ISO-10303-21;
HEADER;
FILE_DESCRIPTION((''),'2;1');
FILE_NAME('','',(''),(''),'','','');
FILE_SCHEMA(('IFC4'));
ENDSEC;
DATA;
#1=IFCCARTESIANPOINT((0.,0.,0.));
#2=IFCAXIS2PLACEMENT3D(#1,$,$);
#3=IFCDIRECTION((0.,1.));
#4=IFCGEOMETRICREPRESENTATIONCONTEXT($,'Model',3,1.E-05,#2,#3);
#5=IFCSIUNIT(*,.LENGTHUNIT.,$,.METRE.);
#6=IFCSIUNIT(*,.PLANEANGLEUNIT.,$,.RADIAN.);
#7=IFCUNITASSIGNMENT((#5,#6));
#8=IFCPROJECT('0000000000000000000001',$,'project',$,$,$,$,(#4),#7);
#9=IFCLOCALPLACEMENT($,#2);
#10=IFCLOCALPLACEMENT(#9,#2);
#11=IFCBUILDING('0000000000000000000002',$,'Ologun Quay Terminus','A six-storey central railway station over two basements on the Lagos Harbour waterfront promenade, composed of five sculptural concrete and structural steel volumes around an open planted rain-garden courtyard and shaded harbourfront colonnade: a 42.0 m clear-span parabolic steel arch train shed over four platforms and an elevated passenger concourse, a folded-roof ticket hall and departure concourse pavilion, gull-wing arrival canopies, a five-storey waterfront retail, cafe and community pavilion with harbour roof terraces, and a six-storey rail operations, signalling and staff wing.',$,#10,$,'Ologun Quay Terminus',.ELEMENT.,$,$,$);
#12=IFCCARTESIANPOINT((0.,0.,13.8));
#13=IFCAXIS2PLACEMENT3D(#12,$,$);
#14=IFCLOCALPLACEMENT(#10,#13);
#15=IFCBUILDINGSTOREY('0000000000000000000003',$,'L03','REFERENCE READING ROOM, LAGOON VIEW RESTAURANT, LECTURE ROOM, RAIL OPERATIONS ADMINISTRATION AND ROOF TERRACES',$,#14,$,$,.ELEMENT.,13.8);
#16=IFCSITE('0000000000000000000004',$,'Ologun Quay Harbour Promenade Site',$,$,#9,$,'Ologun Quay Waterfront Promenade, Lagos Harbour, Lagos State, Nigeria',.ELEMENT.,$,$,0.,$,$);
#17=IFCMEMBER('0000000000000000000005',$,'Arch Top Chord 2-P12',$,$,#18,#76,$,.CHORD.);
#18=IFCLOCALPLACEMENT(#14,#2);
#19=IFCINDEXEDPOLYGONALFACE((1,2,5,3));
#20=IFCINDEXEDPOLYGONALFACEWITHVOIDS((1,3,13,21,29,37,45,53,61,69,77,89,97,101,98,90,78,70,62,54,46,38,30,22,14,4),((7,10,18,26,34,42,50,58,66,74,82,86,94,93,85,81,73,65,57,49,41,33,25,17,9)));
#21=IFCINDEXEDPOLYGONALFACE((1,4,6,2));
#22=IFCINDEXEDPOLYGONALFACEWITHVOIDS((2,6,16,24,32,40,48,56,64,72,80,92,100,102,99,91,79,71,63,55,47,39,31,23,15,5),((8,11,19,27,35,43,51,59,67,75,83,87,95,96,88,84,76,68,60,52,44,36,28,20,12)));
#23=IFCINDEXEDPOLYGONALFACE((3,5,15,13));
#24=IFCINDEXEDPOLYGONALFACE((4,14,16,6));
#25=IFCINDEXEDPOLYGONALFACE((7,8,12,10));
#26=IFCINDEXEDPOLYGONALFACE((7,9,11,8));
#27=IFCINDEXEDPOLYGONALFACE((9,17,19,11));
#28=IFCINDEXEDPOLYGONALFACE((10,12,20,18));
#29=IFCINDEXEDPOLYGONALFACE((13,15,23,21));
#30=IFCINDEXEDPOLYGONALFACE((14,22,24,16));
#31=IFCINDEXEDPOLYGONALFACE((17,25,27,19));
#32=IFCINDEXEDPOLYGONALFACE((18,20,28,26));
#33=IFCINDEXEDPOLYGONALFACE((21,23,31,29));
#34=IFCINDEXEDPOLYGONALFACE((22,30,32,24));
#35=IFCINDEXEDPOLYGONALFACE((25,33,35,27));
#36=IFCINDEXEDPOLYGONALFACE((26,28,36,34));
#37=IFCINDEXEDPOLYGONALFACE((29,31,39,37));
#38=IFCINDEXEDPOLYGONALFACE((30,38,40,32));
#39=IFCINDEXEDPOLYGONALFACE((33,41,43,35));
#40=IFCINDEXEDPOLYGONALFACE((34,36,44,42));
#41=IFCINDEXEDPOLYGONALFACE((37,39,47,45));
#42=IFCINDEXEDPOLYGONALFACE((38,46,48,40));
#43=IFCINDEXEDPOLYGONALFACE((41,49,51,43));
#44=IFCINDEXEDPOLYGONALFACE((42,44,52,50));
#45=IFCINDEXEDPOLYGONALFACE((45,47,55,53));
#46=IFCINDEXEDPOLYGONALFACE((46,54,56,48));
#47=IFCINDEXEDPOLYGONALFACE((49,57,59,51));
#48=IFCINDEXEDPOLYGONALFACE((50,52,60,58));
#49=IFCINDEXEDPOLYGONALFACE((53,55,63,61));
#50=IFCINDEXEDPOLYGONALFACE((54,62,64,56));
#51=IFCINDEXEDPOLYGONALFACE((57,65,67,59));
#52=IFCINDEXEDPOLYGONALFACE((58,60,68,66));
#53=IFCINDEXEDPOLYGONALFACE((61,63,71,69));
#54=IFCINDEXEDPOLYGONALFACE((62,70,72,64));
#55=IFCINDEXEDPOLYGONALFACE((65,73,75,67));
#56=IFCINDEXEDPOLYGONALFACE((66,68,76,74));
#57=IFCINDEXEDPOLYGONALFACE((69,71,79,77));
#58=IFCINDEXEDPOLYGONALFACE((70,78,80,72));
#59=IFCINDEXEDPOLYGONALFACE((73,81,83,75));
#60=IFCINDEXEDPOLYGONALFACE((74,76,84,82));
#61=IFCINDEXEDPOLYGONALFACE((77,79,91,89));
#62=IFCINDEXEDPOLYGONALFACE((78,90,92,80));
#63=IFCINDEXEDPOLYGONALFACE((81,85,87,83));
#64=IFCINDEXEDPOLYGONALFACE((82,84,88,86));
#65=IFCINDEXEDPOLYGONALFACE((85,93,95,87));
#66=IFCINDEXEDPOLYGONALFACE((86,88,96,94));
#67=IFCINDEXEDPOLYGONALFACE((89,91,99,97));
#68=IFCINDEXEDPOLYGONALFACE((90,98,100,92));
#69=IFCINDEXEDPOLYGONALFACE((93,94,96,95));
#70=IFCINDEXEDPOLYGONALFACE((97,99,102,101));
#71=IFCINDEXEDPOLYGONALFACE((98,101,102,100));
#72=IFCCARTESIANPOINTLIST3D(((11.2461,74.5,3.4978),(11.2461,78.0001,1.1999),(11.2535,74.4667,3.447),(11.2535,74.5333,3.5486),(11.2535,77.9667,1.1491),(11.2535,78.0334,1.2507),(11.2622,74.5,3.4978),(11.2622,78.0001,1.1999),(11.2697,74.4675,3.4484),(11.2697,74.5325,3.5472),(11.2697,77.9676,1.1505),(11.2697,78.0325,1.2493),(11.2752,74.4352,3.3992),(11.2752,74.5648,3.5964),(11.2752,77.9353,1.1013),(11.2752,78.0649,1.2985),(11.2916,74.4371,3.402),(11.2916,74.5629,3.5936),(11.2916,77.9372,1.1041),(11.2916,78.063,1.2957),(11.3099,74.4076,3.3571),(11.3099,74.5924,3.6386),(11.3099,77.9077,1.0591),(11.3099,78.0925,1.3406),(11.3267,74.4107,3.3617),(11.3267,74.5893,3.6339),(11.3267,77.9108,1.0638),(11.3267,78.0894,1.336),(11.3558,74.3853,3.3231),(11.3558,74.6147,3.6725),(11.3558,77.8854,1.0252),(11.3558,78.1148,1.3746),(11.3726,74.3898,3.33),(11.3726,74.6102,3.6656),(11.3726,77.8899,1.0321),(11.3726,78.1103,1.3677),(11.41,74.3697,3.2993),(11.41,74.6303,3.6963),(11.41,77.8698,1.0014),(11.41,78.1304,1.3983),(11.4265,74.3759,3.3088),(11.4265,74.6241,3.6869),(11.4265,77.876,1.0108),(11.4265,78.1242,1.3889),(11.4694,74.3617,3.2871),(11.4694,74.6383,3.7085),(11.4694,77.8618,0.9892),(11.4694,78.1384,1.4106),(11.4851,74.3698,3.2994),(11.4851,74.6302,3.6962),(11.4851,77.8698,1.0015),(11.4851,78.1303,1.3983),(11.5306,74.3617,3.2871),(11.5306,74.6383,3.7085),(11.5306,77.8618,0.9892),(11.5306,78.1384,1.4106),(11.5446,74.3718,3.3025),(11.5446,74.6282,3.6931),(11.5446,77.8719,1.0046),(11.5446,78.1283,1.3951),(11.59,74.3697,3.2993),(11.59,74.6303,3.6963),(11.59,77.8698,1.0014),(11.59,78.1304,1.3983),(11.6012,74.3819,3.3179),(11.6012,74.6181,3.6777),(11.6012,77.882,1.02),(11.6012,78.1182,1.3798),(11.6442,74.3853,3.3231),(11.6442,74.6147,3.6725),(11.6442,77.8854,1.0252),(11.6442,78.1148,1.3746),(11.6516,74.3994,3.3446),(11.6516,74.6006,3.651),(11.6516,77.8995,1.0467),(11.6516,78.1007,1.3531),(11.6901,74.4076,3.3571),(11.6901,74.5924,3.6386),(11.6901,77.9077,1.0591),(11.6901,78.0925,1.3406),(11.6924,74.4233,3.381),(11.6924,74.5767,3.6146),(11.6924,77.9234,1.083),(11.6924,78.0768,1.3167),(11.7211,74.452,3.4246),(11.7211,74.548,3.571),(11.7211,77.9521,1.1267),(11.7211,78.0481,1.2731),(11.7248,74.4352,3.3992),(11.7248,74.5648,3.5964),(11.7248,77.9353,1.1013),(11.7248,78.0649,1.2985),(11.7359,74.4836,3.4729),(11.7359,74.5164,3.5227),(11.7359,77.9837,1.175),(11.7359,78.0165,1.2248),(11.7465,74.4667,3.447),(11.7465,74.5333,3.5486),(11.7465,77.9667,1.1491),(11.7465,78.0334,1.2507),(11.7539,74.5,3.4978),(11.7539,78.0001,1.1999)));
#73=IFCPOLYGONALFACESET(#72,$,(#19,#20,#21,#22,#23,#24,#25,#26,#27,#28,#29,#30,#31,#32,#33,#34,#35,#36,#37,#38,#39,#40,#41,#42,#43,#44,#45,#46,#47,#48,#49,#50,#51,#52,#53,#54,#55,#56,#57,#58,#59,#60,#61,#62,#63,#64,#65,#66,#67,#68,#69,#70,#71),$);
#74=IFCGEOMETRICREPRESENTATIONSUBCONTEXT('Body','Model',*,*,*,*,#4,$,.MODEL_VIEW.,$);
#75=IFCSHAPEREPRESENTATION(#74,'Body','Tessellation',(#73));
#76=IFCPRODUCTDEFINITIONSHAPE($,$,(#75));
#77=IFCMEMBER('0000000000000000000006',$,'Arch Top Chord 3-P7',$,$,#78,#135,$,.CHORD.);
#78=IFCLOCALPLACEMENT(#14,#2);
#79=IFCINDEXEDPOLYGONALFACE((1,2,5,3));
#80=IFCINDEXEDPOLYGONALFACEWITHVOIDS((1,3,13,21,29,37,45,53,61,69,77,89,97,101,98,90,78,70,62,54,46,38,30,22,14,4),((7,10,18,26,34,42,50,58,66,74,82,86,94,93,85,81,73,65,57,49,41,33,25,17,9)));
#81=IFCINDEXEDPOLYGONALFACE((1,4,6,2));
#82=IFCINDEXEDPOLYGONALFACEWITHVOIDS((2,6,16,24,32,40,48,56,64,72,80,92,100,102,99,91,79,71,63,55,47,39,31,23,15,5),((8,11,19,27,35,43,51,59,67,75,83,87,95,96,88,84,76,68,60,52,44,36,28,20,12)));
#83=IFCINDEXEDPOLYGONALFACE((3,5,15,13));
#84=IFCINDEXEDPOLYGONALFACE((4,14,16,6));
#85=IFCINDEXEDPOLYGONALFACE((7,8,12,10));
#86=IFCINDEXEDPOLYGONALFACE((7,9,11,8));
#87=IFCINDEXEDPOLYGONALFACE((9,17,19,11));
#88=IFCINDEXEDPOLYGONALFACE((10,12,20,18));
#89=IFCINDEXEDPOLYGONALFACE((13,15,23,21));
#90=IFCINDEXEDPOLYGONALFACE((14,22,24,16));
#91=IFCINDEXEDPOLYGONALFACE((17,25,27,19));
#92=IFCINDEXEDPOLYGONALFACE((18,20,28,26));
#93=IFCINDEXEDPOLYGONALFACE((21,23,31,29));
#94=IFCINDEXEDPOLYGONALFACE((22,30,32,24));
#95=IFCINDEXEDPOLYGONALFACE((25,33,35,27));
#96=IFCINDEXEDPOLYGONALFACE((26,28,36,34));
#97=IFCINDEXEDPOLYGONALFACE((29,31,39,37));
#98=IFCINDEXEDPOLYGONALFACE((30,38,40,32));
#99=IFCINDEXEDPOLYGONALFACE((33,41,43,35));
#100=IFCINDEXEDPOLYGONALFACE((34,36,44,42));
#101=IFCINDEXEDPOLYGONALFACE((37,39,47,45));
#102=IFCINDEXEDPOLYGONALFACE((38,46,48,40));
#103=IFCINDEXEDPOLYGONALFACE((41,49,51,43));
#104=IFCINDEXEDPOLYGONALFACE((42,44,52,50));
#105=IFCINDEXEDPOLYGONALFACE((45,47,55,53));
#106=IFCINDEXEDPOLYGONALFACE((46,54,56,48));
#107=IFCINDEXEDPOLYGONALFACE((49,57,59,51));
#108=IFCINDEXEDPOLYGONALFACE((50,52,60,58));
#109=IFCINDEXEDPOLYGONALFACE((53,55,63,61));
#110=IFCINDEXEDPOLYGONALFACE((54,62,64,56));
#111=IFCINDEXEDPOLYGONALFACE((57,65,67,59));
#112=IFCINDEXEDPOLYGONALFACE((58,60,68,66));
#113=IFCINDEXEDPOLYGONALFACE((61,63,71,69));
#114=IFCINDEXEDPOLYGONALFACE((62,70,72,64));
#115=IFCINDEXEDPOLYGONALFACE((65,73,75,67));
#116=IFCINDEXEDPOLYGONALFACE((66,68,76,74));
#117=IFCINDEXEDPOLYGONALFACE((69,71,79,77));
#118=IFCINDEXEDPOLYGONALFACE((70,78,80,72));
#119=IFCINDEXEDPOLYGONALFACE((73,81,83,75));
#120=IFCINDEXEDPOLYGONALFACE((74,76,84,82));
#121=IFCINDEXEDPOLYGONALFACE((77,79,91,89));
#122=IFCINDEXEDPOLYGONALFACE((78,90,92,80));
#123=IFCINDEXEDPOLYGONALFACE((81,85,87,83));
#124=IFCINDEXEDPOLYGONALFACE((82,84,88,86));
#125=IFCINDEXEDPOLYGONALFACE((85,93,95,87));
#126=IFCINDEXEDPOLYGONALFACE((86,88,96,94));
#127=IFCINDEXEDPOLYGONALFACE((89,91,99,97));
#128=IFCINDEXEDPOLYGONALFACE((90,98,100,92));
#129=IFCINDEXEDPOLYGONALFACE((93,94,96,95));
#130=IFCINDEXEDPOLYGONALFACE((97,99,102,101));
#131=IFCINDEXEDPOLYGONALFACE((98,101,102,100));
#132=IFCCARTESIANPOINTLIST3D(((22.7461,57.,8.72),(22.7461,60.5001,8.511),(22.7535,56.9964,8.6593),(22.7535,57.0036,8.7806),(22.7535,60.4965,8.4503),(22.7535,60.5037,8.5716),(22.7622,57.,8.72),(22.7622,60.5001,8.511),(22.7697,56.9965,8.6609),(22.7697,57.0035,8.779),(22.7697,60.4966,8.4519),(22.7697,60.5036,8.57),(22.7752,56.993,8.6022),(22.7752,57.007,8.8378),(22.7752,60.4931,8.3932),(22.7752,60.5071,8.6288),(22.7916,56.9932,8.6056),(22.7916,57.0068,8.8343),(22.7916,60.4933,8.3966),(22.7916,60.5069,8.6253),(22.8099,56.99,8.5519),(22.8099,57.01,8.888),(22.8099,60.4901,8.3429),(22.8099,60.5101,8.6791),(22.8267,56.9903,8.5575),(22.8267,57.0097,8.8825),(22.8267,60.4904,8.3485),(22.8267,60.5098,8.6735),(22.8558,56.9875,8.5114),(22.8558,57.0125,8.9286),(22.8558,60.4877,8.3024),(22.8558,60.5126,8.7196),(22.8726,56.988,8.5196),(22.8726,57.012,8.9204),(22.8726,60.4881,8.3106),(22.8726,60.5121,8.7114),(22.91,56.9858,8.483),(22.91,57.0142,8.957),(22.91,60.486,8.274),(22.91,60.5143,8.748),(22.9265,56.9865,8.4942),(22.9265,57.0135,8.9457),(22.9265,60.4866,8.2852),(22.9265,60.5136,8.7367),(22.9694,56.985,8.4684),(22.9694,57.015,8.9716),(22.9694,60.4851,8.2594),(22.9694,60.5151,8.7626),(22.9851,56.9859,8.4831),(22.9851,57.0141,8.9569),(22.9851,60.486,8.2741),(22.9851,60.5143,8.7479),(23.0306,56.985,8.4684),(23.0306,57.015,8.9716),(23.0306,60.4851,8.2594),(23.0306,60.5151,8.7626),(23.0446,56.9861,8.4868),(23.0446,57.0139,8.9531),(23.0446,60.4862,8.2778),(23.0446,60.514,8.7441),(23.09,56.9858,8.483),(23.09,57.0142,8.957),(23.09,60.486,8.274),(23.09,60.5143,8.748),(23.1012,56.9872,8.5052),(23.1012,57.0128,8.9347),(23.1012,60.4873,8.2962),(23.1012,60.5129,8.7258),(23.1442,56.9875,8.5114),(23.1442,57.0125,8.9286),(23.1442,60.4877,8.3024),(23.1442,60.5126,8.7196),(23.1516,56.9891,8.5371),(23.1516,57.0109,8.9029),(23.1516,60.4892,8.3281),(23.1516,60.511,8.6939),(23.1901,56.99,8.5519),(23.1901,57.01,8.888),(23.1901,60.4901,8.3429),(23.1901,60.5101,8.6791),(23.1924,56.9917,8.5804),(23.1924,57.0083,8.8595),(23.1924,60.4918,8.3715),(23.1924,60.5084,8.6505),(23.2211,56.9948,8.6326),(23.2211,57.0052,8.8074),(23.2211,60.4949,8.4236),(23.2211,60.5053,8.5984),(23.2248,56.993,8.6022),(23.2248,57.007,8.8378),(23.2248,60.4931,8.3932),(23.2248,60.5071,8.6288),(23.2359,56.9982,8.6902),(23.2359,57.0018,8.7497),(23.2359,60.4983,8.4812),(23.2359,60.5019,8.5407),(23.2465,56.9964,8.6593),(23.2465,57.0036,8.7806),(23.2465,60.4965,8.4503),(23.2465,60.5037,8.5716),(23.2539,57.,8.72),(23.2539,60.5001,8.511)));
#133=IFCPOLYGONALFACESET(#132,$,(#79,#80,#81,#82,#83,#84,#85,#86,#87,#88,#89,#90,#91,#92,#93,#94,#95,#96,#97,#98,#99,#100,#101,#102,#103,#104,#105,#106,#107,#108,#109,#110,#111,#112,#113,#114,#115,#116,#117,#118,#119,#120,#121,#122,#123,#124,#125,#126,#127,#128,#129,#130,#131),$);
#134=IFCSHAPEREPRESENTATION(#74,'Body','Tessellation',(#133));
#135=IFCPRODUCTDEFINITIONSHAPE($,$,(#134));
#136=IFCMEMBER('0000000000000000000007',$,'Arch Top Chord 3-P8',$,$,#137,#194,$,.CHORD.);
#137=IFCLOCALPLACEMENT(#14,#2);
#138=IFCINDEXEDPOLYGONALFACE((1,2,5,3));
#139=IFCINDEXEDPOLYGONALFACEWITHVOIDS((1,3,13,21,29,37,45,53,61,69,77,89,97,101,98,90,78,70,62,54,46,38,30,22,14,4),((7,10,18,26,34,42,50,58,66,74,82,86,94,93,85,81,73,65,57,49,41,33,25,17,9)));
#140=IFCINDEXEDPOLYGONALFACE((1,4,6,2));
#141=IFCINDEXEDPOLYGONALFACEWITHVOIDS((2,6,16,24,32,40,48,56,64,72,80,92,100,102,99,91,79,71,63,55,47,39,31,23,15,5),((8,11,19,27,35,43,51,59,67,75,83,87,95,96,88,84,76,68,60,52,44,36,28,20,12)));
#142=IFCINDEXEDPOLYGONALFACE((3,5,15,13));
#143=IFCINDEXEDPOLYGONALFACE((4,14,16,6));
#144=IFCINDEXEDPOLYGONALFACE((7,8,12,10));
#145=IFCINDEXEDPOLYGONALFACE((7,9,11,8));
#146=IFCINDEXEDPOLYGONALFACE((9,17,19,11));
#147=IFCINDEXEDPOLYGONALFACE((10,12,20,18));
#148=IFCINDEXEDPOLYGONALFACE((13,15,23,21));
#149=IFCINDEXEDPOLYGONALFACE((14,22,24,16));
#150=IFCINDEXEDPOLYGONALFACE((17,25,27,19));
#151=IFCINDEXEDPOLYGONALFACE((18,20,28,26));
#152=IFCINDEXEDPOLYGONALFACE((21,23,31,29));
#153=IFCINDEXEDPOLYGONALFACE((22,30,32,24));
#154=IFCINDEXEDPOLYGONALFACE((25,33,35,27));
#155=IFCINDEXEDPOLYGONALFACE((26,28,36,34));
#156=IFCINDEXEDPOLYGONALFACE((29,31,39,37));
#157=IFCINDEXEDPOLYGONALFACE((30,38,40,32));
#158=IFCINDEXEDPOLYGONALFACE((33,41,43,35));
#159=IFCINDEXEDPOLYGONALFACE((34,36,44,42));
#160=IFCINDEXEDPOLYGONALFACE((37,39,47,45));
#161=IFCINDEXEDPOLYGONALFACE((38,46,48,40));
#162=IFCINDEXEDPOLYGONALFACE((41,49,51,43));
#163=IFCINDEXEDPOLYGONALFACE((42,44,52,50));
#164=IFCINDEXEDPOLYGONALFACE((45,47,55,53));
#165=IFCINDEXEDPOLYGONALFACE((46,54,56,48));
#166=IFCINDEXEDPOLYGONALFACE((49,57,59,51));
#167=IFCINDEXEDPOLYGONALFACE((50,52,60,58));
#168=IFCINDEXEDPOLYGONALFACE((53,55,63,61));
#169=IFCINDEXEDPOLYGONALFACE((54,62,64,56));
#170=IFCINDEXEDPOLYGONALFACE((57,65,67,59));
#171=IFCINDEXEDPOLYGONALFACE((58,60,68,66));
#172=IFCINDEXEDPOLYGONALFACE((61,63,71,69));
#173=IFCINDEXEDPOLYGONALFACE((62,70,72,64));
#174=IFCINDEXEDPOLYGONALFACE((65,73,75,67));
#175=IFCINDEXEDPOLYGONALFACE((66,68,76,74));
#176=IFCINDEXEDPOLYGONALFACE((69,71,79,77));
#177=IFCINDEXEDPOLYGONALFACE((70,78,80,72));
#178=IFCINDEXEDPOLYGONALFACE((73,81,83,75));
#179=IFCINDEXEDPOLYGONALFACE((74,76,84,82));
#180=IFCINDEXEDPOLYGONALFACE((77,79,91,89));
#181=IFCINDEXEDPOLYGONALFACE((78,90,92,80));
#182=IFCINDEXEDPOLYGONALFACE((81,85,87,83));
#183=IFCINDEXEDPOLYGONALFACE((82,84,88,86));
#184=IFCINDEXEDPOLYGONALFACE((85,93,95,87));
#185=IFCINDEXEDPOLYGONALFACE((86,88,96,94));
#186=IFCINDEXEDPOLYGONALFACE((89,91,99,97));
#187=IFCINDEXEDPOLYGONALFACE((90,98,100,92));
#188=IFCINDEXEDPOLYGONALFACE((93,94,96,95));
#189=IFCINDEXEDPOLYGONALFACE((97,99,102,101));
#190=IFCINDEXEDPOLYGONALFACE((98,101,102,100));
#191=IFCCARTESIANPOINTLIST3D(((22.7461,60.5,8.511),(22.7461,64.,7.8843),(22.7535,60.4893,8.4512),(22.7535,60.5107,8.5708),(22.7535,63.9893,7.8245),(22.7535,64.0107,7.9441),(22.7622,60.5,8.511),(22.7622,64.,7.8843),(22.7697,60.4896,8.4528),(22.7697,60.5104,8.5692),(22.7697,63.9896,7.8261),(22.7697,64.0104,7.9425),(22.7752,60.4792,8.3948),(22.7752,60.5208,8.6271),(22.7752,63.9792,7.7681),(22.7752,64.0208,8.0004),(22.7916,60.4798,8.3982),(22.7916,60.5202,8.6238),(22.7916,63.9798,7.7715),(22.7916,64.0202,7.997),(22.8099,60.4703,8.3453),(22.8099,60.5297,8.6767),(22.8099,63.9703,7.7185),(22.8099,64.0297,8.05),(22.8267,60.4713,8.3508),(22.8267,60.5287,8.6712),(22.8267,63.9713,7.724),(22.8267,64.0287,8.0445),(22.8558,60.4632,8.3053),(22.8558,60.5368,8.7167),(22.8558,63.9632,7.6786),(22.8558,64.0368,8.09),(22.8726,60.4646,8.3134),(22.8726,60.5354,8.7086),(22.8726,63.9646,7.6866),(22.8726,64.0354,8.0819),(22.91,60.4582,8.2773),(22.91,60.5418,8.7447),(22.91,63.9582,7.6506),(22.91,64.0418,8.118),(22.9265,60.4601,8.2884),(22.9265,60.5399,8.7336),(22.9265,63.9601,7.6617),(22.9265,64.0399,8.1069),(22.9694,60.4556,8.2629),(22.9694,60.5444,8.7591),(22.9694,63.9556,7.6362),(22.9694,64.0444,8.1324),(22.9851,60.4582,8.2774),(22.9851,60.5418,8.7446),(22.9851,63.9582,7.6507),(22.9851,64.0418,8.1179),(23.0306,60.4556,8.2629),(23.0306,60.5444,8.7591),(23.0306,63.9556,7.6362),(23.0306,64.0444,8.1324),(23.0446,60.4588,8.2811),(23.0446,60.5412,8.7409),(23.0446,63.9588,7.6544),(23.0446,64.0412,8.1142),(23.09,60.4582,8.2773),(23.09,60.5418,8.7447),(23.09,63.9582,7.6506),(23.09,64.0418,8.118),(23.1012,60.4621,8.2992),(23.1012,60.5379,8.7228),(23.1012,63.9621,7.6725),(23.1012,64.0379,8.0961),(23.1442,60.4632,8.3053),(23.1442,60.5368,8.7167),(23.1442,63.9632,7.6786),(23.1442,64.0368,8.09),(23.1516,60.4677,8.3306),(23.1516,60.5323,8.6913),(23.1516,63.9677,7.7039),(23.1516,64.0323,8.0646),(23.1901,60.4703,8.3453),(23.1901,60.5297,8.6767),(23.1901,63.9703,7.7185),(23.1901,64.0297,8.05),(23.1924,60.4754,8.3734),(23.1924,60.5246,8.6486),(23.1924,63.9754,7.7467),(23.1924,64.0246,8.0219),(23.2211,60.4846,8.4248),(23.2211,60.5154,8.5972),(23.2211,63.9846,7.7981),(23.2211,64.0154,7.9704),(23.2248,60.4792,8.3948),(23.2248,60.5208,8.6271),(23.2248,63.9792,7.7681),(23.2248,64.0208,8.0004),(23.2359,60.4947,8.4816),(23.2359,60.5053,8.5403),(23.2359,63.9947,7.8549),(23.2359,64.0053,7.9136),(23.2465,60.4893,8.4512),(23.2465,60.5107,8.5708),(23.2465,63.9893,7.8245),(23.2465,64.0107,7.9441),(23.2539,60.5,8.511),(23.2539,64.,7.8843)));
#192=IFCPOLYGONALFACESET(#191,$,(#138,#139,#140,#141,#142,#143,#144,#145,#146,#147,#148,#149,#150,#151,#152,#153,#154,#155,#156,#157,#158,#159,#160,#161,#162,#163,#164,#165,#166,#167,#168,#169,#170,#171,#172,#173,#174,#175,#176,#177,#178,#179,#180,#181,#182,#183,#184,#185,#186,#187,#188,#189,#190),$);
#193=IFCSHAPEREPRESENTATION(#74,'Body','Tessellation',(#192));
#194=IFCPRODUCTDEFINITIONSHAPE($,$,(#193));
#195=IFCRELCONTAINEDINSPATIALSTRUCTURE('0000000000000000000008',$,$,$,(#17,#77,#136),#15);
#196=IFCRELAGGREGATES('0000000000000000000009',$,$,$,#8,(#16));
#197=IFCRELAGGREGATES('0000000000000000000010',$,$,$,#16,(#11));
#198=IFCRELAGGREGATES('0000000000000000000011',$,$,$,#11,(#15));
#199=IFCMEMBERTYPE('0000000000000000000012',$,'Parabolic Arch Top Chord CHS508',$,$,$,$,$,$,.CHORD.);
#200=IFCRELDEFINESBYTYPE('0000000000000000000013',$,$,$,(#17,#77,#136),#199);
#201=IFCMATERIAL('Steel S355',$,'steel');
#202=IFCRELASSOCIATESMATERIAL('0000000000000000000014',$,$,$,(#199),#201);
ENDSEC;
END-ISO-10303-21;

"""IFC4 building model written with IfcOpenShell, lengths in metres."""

from ifc_helpers import new_model, si_unit, direction, frame, origin, origin_2d, place, context, subcontext, project, spatial, hollow_circle, extrude, material, material_profile, profile_set, type_object, element, save


model = new_model("IFC4")

# Units and contexts
model_context = context("Model", 3, precision=1e-05, world=origin(), true_north=direction((0.0, 1.0)))
body_context = subcontext(model_context, "Body", "Model", "MODEL_VIEW")
ifc_project = project(units=[si_unit("LENGTHUNIT", "METRE"), si_unit("PLANEANGLEUNIT", "RADIAN")], contexts=[model_context])

# Site, building, storey
site_placement = place(None, origin())
site = spatial("IfcSite", under=ifc_project, at=site_placement, Name="Ologun Quay Harbour Promenade Site", LongName="Ologun Quay Waterfront Promenade, Lagos Harbour, Lagos State, Nigeria", CompositionType="ELEMENT", RefElevation=0.0)
building_placement = place(site_placement, origin())
building = spatial("IfcBuilding", under=site, at=building_placement, Name="Ologun Quay Terminus", Description="A six-storey central railway station over two basements on the Lagos Harbour waterfront promenade, composed of five sculptural concrete and structural steel volumes around an open planted rain-garden courtyard and shaded harbourfront colonnade: a 42.0 m clear-span parabolic steel arch train shed over four platforms and an elevated passenger concourse, a folded-roof ticket hall and departure concourse pavilion, gull-wing arrival canopies, a five-storey waterfront retail, cafe and community pavilion with harbour roof terraces, and a six-storey rail operations, signalling and staff wing.", LongName="Ologun Quay Terminus", CompositionType="ELEMENT")
storey_placement = place(building_placement, frame((0.0, 0.0, 13.8)))
storey = spatial("IfcBuildingStorey", under=building, at=storey_placement, Name="L03", Description="REFERENCE READING ROOM, LAGOON VIEW RESTAURANT, LECTURE ROOM, RAIL OPERATIONS ADMINISTRATION AND ROOF TERRACES", CompositionType="ELEMENT", Elevation=13.8)

# Members
ifc_material_1 = material(Name="Steel S355", Category="steel")
ifc_material_profile_1 = material_profile(ifc_material_1, hollow_circle(Radius=0.2539, WallThickness=0.0161, at=origin_2d()), Name="CHS 508x16")
ifc_profile_set_1 = profile_set([ifc_material_profile_1], Name="Steel S355")
member_type_1 = type_object("IfcMemberType", Name="Parabolic Arch Top Chord CHS508", PredefinedType="CHORD", material=ifc_profile_set_1)
member_1_placement = place(storey_placement, frame((11.5, 74.5, 3.4978), z_axis=(0.0, 0.835941, -0.548819), x_axis=(-1.0, 0.0, 0.0)))
element("IfcMember", 1, at=member_1_placement, inside=storey, type_object=member_type_1, Name="Arch Top Chord 2-P12", PredefinedType="CHORD", context=body_context, shape_type="SweptSolid", body=[
    extrude(hollow_circle(Radius=0.2539, WallThickness=0.0161, at=origin_2d()), origin(), (0.0, 0.0, 1.0), 4.187),
])
member_2_placement = place(storey_placement, frame((23.0, 57.0, 8.72), z_axis=(0.0, 0.998222, -0.059604), x_axis=(-1.0, 0.0, 0.0)))
element("IfcMember", 2, at=member_2_placement, inside=storey, type_object=member_type_1, Name="Arch Top Chord 3-P7", PredefinedType="CHORD", context=body_context, shape_type="SweptSolid", body=[
    extrude(hollow_circle(Radius=0.2539, WallThickness=0.0161, at=origin_2d()), origin(), (0.0, 0.0, 1.0), 3.5063),
])
member_3_placement = place(storey_placement, frame((23.0, 60.5, 8.511), z_axis=(0.0, 0.984344, -0.176256), x_axis=(-1.0, 0.0, 0.0)))
element("IfcMember", 3, at=member_3_placement, inside=storey, type_object=member_type_1, Name="Arch Top Chord 3-P8", PredefinedType="CHORD", context=body_context, shape_type="SweptSolid", body=[
    extrude(hollow_circle(Radius=0.2539, WallThickness=0.0161, at=origin_2d()), origin(), (0.0, 0.0, 1.0), 3.5557),
])

save(model, "model.ifc")
